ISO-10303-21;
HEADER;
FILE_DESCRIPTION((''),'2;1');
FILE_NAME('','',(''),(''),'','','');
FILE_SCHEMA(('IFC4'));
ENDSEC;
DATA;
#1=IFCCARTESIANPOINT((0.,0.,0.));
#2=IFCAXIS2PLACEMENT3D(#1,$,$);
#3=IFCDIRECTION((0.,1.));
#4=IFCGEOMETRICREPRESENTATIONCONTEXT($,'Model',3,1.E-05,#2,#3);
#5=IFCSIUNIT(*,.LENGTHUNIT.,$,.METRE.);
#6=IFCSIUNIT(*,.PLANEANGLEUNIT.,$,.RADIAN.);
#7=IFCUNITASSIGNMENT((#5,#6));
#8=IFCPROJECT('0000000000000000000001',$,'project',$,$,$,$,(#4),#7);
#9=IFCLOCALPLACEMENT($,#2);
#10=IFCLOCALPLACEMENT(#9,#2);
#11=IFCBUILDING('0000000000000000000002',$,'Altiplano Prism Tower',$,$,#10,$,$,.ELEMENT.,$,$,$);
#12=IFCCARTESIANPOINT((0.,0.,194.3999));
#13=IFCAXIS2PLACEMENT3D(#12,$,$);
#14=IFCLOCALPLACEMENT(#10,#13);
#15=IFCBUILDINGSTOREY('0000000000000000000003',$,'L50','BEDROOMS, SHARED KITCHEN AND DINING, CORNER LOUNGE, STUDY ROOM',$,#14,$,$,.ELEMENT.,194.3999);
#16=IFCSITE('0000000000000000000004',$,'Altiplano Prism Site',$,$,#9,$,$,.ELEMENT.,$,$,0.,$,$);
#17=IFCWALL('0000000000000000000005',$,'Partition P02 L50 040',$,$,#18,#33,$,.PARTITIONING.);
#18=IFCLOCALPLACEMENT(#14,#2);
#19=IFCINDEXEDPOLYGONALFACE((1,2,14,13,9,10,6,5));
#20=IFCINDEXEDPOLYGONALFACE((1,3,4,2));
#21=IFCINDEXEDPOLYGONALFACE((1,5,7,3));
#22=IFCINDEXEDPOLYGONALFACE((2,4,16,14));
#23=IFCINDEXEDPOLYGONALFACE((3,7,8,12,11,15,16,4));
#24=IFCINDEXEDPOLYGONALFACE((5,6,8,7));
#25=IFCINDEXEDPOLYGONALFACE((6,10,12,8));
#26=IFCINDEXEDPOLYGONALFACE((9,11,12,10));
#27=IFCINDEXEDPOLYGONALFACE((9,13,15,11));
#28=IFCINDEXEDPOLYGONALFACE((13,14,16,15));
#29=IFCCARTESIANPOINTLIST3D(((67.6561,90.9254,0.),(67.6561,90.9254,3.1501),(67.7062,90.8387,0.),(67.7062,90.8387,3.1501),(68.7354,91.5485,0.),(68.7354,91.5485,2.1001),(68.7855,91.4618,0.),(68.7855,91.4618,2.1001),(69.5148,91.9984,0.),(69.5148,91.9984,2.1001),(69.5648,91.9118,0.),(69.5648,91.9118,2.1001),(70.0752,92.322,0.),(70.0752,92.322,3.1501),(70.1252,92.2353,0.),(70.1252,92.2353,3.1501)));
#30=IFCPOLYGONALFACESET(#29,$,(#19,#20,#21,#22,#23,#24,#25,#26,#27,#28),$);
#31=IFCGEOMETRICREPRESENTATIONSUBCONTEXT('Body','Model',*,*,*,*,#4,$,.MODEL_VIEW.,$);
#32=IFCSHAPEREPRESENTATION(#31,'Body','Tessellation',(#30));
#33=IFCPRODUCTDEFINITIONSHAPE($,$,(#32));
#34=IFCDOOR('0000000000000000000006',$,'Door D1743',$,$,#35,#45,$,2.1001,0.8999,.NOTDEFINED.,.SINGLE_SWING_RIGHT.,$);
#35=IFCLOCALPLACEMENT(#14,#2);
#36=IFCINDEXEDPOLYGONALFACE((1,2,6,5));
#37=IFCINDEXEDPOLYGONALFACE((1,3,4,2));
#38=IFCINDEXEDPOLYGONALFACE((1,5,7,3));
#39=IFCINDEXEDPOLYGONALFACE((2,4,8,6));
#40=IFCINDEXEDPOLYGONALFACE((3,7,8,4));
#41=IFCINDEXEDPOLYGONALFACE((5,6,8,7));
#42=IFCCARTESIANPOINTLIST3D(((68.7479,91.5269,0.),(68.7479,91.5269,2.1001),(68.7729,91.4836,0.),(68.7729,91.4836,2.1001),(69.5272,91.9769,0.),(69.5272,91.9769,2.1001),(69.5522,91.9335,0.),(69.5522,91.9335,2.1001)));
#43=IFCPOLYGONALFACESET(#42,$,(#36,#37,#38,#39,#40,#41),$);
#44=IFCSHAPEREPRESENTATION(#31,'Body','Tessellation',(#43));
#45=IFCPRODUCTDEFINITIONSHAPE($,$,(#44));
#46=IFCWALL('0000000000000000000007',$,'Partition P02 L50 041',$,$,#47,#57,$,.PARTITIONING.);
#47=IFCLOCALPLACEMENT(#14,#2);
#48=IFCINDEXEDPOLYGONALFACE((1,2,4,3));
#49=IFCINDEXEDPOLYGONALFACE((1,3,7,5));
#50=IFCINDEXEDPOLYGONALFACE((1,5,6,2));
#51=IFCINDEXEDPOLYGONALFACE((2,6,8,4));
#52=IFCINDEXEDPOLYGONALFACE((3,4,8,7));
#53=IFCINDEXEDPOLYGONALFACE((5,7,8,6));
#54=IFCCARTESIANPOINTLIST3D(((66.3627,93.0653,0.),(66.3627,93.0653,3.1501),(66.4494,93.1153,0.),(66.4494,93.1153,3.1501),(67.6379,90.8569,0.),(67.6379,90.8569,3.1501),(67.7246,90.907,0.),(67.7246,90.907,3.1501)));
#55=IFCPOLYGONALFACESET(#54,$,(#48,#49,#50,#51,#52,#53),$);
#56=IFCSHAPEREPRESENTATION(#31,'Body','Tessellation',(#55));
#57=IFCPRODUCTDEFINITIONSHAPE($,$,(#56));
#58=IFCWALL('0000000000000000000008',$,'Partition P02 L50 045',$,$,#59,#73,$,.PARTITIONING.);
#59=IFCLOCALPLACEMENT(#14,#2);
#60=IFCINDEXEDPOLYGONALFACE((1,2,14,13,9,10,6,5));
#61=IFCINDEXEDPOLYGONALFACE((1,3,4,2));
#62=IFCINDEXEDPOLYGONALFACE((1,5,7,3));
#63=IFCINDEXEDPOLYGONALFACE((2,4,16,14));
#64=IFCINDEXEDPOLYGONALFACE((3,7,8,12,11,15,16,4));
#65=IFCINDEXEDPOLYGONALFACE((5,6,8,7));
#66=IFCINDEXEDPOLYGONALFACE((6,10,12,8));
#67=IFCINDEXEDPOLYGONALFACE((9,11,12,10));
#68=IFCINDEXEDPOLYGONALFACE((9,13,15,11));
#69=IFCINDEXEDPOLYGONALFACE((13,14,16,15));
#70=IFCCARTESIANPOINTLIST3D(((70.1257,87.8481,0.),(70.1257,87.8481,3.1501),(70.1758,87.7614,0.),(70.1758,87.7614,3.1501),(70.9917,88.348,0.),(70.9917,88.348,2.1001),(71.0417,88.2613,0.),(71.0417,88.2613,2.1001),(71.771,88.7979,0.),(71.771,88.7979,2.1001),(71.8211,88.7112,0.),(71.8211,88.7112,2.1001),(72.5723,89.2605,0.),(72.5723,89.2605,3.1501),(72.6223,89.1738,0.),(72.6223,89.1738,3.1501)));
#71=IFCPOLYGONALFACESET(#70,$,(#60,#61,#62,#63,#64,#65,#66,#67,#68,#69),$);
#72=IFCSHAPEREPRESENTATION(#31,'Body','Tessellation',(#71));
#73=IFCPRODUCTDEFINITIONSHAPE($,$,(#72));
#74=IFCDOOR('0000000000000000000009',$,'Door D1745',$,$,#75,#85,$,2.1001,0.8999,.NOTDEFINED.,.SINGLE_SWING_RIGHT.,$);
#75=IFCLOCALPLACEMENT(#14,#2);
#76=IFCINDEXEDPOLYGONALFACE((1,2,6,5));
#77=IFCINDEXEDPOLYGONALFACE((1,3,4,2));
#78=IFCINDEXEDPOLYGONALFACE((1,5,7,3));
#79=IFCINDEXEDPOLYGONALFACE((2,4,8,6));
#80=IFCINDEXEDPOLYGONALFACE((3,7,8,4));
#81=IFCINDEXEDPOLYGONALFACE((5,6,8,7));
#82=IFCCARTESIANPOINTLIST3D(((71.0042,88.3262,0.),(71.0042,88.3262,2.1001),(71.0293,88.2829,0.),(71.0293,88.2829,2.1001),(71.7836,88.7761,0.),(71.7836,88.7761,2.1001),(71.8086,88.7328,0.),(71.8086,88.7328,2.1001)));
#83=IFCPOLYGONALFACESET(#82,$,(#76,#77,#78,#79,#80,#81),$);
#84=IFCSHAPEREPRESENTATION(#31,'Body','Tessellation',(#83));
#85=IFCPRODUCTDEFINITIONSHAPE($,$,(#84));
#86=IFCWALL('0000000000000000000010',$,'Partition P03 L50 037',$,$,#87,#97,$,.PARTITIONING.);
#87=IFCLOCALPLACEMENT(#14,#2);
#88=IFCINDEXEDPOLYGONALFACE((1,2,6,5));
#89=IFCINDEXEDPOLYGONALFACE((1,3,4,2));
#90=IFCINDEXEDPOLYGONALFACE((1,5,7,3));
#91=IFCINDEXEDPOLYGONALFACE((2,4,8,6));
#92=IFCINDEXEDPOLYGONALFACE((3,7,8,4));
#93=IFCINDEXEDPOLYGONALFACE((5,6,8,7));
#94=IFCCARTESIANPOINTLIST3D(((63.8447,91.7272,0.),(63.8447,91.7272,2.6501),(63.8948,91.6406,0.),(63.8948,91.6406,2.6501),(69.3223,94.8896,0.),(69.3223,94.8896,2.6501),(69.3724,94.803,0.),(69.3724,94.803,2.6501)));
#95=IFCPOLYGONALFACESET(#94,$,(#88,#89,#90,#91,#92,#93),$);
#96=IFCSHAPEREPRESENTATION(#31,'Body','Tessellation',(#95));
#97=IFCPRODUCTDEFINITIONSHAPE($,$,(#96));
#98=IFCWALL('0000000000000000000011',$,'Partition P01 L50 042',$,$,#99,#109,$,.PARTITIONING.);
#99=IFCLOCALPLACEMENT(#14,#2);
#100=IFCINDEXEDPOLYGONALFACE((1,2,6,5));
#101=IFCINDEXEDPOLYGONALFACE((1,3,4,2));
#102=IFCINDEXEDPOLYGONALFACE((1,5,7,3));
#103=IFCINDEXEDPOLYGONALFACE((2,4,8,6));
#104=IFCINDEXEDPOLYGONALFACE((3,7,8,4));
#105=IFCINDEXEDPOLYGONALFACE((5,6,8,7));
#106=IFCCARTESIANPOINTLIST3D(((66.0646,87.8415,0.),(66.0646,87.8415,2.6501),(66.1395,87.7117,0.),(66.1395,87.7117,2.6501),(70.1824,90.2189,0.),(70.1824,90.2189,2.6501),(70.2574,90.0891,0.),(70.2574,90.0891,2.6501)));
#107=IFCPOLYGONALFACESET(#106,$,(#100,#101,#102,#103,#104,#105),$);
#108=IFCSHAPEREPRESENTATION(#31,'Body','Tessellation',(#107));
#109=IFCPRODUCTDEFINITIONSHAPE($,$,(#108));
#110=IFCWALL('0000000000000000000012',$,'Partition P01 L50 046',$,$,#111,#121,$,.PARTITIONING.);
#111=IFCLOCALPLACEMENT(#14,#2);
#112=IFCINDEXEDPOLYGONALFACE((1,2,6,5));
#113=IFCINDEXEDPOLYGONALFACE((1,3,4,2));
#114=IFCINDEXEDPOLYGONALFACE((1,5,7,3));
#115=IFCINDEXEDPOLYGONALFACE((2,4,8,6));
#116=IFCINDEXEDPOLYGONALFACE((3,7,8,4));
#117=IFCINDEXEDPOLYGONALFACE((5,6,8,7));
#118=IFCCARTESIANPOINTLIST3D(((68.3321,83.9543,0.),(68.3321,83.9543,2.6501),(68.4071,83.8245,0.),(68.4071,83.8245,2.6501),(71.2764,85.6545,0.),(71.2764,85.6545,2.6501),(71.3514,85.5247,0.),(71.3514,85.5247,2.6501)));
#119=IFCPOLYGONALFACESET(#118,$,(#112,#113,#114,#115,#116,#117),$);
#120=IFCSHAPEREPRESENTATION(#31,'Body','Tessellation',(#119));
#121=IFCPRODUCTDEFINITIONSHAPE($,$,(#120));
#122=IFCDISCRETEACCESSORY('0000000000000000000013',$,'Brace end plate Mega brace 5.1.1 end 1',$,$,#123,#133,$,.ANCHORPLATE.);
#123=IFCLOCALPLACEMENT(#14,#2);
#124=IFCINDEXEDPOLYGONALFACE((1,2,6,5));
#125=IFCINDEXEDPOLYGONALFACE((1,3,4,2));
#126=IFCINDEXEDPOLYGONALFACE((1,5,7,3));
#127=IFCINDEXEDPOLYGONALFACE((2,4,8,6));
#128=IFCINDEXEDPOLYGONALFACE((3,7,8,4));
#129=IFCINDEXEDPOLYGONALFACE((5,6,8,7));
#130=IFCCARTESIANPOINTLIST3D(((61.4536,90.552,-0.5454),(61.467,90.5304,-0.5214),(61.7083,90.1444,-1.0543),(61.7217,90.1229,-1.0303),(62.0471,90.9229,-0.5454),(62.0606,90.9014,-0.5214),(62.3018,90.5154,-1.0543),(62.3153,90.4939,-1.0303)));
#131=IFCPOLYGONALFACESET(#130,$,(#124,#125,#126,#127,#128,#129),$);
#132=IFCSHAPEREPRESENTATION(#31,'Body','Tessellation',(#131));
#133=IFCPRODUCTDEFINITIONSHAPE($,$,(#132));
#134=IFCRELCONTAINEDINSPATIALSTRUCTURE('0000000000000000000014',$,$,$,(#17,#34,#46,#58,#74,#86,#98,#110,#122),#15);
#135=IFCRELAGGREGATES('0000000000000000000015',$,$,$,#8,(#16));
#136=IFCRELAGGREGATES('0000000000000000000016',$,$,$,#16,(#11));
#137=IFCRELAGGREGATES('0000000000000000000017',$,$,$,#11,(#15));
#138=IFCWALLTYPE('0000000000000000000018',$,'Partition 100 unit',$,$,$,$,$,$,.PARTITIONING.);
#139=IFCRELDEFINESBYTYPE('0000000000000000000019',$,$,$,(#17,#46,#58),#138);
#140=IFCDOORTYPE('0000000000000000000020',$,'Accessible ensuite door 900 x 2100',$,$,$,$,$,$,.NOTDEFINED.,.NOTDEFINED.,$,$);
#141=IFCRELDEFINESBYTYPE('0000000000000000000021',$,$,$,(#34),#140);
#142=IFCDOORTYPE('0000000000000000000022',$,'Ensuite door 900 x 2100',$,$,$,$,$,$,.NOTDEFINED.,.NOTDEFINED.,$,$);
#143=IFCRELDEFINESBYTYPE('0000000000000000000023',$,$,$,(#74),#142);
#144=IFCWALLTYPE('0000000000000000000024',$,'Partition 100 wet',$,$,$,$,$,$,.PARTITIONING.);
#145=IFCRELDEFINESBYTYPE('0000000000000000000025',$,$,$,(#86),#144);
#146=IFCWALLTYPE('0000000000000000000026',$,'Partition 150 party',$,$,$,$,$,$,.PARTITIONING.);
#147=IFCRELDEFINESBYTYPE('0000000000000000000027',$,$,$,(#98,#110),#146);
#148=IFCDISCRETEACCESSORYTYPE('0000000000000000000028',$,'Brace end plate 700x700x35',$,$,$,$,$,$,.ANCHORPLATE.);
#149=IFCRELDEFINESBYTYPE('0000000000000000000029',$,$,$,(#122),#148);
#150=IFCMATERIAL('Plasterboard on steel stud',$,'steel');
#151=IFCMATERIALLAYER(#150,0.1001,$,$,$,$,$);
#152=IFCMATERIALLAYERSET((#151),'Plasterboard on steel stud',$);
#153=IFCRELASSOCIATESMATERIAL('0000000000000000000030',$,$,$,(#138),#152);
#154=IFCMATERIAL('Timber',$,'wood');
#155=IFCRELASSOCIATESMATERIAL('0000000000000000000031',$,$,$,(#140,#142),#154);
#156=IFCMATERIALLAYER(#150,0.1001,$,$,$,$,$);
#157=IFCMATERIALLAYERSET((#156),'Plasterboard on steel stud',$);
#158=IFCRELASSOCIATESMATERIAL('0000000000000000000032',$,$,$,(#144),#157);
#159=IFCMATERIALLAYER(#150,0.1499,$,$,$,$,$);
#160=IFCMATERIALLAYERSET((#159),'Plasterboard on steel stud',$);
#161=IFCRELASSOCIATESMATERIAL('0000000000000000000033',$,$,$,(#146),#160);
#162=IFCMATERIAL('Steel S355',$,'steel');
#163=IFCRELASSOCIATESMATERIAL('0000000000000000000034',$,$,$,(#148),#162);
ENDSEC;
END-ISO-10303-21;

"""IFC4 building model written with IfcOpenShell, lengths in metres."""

from ifc_helpers import new_model, si_unit, direction, frame, frame_2d, origin, origin_2d, place, context, subcontext, project, spatial, rectangle, extrude, material, layer, layer_set, material_profile, profile_set, type_object, element, fill, save


model = new_model("IFC4")

# Units and contexts
model_context = context("Model", 3, precision=1e-05, world=origin(), true_north=direction((0.0, 1.0)))
body_context = subcontext(model_context, "Body", "Model", "MODEL_VIEW")
ifc_project = project(units=[si_unit("LENGTHUNIT", "METRE"), si_unit("PLANEANGLEUNIT", "RADIAN")], contexts=[model_context])

# Site, building, storey
site_placement = place(None, origin())
site = spatial("IfcSite", under=ifc_project, at=site_placement, Name="Altiplano Prism Site", CompositionType="ELEMENT", RefElevation=0.0)
building_placement = place(site_placement, origin())
building = spatial("IfcBuilding", under=site, at=building_placement, Name="Altiplano Prism Tower", CompositionType="ELEMENT")
storey_placement = place(building_placement, frame((0.0, 0.0, 194.3999)))
storey = spatial("IfcBuildingStorey", under=building, at=storey_placement, Name="L50", Description="BEDROOMS, SHARED KITCHEN AND DINING, CORNER LOUNGE, STUDY ROOM", CompositionType="ELEMENT", Elevation=194.3999)

# Shared definitions
ifc_material_1 = material(Name="Steel S355", Category="steel")

# Wall, opening, door
ifc_material_2 = material(Name="Plasterboard on steel stud", Category="steel")
ifc_layer_1 = layer(ifc_material_2, 0.1001)
ifc_layer_set_1 = layer_set([ifc_layer_1], Name="Plasterboard on steel stud")
wall_type_1 = type_object("IfcWallType", Name="Partition 100 unit", PredefinedType="PARTITIONING", material=ifc_layer_set_1)
wall_1_placement = place(storey_placement, frame((70.1001, 92.2786, 0.0), z_axis=(0.0, 0.0, 1.0), x_axis=(-0.86604, -0.499975, 0.0)))
wall_1 = element("IfcWall", 1, at=wall_1_placement, inside=storey, type_object=wall_type_1, Name="Partition P02 L50 040", PredefinedType="PARTITIONING", context=body_context, shape_type="SweptSolid", body=[
    extrude(rectangle(XDim=2.7932, YDim=0.1001, at=frame_2d((1.3965, 0.0))), origin(), (0.0, 0.0, 1.0), 3.1501),
])
opening_1_placement = place(wall_1_placement, frame((0.647, 0.0, 0.0)))
opening_1 = element("IfcOpeningElement", 2, at=opening_1_placement, cuts=wall_1, PredefinedType="OPENING", context=body_context, shape_type="SweptSolid", body=[
    extrude(rectangle(XDim=0.8999, YDim=2.1001, at=frame_2d((0.45, 1.05))), frame((0.0, 0.0605, 0.0), z_axis=(0.0, -1.0, 0.0), x_axis=(1.0, 0.0, 0.0)), (0.0, 0.0, 1.0), 0.1211),
])
ifc_material_3 = material(Name="Timber", Category="wood")
door_type_1 = type_object("IfcDoorType", Name="Accessible ensuite door 900 x 2100", OperationType="NOTDEFINED", PredefinedType="NOTDEFINED", material=ifc_material_3)
door_1_placement = place(opening_1_placement, origin())
door_1 = element("IfcDoor", 3, at=door_1_placement, inside=storey, type_object=door_type_1, Name="Door D1743", OperationType="SINGLE_SWING_RIGHT", OverallHeight=2.1001, OverallWidth=0.8999, PredefinedType="NOTDEFINED", context=body_context, shape_type="SweptSolid", body=[
    extrude(rectangle(XDim=0.8999, YDim=2.1001, at=frame_2d((0.45, 1.05))), frame((0.0, 0.0249, 0.0), z_axis=(0.0, -1.0, 0.0), x_axis=(1.0, 0.0, 0.0)), (0.0, 0.0, 1.0), 0.05),
])
fill(opening_1, door_1)

# Wall
wall_2_placement = place(storey_placement, frame((67.6812, 90.8821, 0.0), z_axis=(0.0, 0.0, 1.0), x_axis=(-0.500062, 0.865989, 0.0)))
element("IfcWall", 4, at=wall_2_placement, inside=storey, type_object=wall_type_1, Name="Partition P02 L50 041", PredefinedType="PARTITIONING", context=body_context, shape_type="SweptSolid", body=[
    extrude(rectangle(XDim=2.55, YDim=0.1001, at=frame_2d((1.2749, 0.0))), origin(), (0.0, 0.0, 1.0), 3.1501),
])

# Wall, opening, door
wall_3_placement = place(storey_placement, frame((70.1506, 87.8047, 0.0), z_axis=(0.0, 0.0, 1.0), x_axis=(0.866049, 0.499959, 0.0)))
wall_3 = element("IfcWall", 5, at=wall_3_placement, inside=storey, type_object=wall_type_1, Name="Partition P02 L50 045", PredefinedType="PARTITIONING", context=body_context, shape_type="SweptSolid", body=[
    extrude(rectangle(XDim=2.825, YDim=0.1001, at=frame_2d((1.4126, 0.0))), origin(), (0.0, 0.0, 1.0), 3.1501),
])
opening_2_placement = place(wall_3_placement, frame((1.0, 0.0, 0.0)))
opening_2 = element("IfcOpeningElement", 6, at=opening_2_placement, cuts=wall_3, PredefinedType="OPENING", context=body_context, shape_type="SweptSolid", body=[
    extrude(rectangle(XDim=0.8999, YDim=2.1001, at=frame_2d((0.45, 1.05))), frame((0.0, 0.0605, 0.0), z_axis=(0.0, -1.0, 0.0), x_axis=(1.0, 0.0, 0.0)), (0.0, 0.0, 1.0), 0.1211),
])
door_type_2 = type_object("IfcDoorType", Name="Ensuite door 900 x 2100", OperationType="NOTDEFINED", PredefinedType="NOTDEFINED", material=ifc_material_3)
door_2_placement = place(opening_2_placement, origin())
door_2 = element("IfcDoor", 7, at=door_2_placement, inside=storey, type_object=door_type_2, Name="Door D1745", OperationType="SINGLE_SWING_RIGHT", OverallHeight=2.1001, OverallWidth=0.8999, PredefinedType="NOTDEFINED", context=body_context, shape_type="SweptSolid", body=[
    extrude(rectangle(XDim=0.8999, YDim=2.1001, at=frame_2d((0.45, 1.05))), frame((0.0, 0.0249, 0.0), z_axis=(0.0, -1.0, 0.0), x_axis=(1.0, 0.0, 0.0)), (0.0, 0.0, 1.0), 0.05),
])
fill(opening_2, door_2)

# Walls
ifc_layer_2 = layer(ifc_material_2, 0.1001)
ifc_layer_set_2 = layer_set([ifc_layer_2], Name="Plasterboard on steel stud")
wall_type_2 = type_object("IfcWallType", Name="Partition 100 wet", PredefinedType="PARTITIONING", material=ifc_layer_set_2)
wall_4_placement = place(storey_placement, frame((63.8696, 91.6838, 0.0), z_axis=(0.0, 0.0, 1.0), x_axis=(0.866033, 0.499988, 0.0)))
element("IfcWall", 8, at=wall_4_placement, inside=storey, type_object=wall_type_2, Name="Partition P03 L50 037", PredefinedType="PARTITIONING", context=body_context, shape_type="SweptSolid", body=[
    extrude(rectangle(XDim=6.325, YDim=0.1001, at=frame_2d((3.1626, 0.0))), origin(), (0.0, 0.0, 1.0), 2.6501),
])
ifc_layer_3 = layer(ifc_material_2, 0.1499)
ifc_layer_set_3 = layer_set([ifc_layer_3], Name="Plasterboard on steel stud")
wall_type_3 = type_object("IfcWallType", Name="Partition 150 party", PredefinedType="PARTITIONING", material=ifc_layer_set_3)
wall_5_placement = place(storey_placement, frame((66.1021, 87.7766, 0.0), z_axis=(0.0, 0.0, 1.0), x_axis=(0.866029, 0.499994, 0.0)))
element("IfcWall", 9, at=wall_5_placement, inside=storey, type_object=wall_type_3, Name="Partition P01 L50 042", PredefinedType="PARTITIONING", context=body_context, shape_type="SweptSolid", body=[
    extrude(rectangle(XDim=4.7549, YDim=0.1499, at=frame_2d((2.3774, 0.0))), origin(), (0.0, 0.0, 1.0), 2.6501),
])
wall_6_placement = place(storey_placement, frame((68.3696, 83.8894, 0.0), z_axis=(0.0, 0.0, 1.0), x_axis=(0.865989, 0.500062, 0.0)))
element("IfcWall", 10, at=wall_6_placement, inside=storey, type_object=wall_type_3, Name="Partition P01 L50 046", PredefinedType="PARTITIONING", context=body_context, shape_type="SweptSolid", body=[
    extrude(rectangle(XDim=3.3999, YDim=0.1499, at=frame_2d((1.7, 0.0))), origin(), (0.0, 0.0, 1.0), 2.6501),
])

# Discrete accessory
ifc_material_profile_1 = material_profile(ifc_material_1, rectangle(XDim=0.7, YDim=0.7, at=origin_2d()), Name="Brace end plate 700x700x35")
ifc_profile_set_1 = profile_set([ifc_material_profile_1], Name="Steel S355")
discrete_accessory_type = type_object("IfcDiscreteAccessoryType", Name="Brace end plate 700x700x35", PredefinedType="ANCHORPLATE", material=ifc_profile_set_1)
discrete_accessory_placement = place(storey_placement, frame((61.8777, 90.5337, -0.7998), z_axis=(0.385332, -0.616531, 0.686592), x_axis=(0.847998, 0.529999, 0.0)))
element("IfcDiscreteAccessory", 11, at=discrete_accessory_placement, inside=storey, type_object=discrete_accessory_type, Name="Brace end plate Mega brace 5.1.1 end 1", PredefinedType="ANCHORPLATE", context=body_context, shape_type="SweptSolid", body=[
    extrude(rectangle(XDim=0.7, YDim=0.7, at=origin_2d()), origin(), (0.0, 0.0, 1.0), 0.0349),
])

save(model, "model.ifc")
